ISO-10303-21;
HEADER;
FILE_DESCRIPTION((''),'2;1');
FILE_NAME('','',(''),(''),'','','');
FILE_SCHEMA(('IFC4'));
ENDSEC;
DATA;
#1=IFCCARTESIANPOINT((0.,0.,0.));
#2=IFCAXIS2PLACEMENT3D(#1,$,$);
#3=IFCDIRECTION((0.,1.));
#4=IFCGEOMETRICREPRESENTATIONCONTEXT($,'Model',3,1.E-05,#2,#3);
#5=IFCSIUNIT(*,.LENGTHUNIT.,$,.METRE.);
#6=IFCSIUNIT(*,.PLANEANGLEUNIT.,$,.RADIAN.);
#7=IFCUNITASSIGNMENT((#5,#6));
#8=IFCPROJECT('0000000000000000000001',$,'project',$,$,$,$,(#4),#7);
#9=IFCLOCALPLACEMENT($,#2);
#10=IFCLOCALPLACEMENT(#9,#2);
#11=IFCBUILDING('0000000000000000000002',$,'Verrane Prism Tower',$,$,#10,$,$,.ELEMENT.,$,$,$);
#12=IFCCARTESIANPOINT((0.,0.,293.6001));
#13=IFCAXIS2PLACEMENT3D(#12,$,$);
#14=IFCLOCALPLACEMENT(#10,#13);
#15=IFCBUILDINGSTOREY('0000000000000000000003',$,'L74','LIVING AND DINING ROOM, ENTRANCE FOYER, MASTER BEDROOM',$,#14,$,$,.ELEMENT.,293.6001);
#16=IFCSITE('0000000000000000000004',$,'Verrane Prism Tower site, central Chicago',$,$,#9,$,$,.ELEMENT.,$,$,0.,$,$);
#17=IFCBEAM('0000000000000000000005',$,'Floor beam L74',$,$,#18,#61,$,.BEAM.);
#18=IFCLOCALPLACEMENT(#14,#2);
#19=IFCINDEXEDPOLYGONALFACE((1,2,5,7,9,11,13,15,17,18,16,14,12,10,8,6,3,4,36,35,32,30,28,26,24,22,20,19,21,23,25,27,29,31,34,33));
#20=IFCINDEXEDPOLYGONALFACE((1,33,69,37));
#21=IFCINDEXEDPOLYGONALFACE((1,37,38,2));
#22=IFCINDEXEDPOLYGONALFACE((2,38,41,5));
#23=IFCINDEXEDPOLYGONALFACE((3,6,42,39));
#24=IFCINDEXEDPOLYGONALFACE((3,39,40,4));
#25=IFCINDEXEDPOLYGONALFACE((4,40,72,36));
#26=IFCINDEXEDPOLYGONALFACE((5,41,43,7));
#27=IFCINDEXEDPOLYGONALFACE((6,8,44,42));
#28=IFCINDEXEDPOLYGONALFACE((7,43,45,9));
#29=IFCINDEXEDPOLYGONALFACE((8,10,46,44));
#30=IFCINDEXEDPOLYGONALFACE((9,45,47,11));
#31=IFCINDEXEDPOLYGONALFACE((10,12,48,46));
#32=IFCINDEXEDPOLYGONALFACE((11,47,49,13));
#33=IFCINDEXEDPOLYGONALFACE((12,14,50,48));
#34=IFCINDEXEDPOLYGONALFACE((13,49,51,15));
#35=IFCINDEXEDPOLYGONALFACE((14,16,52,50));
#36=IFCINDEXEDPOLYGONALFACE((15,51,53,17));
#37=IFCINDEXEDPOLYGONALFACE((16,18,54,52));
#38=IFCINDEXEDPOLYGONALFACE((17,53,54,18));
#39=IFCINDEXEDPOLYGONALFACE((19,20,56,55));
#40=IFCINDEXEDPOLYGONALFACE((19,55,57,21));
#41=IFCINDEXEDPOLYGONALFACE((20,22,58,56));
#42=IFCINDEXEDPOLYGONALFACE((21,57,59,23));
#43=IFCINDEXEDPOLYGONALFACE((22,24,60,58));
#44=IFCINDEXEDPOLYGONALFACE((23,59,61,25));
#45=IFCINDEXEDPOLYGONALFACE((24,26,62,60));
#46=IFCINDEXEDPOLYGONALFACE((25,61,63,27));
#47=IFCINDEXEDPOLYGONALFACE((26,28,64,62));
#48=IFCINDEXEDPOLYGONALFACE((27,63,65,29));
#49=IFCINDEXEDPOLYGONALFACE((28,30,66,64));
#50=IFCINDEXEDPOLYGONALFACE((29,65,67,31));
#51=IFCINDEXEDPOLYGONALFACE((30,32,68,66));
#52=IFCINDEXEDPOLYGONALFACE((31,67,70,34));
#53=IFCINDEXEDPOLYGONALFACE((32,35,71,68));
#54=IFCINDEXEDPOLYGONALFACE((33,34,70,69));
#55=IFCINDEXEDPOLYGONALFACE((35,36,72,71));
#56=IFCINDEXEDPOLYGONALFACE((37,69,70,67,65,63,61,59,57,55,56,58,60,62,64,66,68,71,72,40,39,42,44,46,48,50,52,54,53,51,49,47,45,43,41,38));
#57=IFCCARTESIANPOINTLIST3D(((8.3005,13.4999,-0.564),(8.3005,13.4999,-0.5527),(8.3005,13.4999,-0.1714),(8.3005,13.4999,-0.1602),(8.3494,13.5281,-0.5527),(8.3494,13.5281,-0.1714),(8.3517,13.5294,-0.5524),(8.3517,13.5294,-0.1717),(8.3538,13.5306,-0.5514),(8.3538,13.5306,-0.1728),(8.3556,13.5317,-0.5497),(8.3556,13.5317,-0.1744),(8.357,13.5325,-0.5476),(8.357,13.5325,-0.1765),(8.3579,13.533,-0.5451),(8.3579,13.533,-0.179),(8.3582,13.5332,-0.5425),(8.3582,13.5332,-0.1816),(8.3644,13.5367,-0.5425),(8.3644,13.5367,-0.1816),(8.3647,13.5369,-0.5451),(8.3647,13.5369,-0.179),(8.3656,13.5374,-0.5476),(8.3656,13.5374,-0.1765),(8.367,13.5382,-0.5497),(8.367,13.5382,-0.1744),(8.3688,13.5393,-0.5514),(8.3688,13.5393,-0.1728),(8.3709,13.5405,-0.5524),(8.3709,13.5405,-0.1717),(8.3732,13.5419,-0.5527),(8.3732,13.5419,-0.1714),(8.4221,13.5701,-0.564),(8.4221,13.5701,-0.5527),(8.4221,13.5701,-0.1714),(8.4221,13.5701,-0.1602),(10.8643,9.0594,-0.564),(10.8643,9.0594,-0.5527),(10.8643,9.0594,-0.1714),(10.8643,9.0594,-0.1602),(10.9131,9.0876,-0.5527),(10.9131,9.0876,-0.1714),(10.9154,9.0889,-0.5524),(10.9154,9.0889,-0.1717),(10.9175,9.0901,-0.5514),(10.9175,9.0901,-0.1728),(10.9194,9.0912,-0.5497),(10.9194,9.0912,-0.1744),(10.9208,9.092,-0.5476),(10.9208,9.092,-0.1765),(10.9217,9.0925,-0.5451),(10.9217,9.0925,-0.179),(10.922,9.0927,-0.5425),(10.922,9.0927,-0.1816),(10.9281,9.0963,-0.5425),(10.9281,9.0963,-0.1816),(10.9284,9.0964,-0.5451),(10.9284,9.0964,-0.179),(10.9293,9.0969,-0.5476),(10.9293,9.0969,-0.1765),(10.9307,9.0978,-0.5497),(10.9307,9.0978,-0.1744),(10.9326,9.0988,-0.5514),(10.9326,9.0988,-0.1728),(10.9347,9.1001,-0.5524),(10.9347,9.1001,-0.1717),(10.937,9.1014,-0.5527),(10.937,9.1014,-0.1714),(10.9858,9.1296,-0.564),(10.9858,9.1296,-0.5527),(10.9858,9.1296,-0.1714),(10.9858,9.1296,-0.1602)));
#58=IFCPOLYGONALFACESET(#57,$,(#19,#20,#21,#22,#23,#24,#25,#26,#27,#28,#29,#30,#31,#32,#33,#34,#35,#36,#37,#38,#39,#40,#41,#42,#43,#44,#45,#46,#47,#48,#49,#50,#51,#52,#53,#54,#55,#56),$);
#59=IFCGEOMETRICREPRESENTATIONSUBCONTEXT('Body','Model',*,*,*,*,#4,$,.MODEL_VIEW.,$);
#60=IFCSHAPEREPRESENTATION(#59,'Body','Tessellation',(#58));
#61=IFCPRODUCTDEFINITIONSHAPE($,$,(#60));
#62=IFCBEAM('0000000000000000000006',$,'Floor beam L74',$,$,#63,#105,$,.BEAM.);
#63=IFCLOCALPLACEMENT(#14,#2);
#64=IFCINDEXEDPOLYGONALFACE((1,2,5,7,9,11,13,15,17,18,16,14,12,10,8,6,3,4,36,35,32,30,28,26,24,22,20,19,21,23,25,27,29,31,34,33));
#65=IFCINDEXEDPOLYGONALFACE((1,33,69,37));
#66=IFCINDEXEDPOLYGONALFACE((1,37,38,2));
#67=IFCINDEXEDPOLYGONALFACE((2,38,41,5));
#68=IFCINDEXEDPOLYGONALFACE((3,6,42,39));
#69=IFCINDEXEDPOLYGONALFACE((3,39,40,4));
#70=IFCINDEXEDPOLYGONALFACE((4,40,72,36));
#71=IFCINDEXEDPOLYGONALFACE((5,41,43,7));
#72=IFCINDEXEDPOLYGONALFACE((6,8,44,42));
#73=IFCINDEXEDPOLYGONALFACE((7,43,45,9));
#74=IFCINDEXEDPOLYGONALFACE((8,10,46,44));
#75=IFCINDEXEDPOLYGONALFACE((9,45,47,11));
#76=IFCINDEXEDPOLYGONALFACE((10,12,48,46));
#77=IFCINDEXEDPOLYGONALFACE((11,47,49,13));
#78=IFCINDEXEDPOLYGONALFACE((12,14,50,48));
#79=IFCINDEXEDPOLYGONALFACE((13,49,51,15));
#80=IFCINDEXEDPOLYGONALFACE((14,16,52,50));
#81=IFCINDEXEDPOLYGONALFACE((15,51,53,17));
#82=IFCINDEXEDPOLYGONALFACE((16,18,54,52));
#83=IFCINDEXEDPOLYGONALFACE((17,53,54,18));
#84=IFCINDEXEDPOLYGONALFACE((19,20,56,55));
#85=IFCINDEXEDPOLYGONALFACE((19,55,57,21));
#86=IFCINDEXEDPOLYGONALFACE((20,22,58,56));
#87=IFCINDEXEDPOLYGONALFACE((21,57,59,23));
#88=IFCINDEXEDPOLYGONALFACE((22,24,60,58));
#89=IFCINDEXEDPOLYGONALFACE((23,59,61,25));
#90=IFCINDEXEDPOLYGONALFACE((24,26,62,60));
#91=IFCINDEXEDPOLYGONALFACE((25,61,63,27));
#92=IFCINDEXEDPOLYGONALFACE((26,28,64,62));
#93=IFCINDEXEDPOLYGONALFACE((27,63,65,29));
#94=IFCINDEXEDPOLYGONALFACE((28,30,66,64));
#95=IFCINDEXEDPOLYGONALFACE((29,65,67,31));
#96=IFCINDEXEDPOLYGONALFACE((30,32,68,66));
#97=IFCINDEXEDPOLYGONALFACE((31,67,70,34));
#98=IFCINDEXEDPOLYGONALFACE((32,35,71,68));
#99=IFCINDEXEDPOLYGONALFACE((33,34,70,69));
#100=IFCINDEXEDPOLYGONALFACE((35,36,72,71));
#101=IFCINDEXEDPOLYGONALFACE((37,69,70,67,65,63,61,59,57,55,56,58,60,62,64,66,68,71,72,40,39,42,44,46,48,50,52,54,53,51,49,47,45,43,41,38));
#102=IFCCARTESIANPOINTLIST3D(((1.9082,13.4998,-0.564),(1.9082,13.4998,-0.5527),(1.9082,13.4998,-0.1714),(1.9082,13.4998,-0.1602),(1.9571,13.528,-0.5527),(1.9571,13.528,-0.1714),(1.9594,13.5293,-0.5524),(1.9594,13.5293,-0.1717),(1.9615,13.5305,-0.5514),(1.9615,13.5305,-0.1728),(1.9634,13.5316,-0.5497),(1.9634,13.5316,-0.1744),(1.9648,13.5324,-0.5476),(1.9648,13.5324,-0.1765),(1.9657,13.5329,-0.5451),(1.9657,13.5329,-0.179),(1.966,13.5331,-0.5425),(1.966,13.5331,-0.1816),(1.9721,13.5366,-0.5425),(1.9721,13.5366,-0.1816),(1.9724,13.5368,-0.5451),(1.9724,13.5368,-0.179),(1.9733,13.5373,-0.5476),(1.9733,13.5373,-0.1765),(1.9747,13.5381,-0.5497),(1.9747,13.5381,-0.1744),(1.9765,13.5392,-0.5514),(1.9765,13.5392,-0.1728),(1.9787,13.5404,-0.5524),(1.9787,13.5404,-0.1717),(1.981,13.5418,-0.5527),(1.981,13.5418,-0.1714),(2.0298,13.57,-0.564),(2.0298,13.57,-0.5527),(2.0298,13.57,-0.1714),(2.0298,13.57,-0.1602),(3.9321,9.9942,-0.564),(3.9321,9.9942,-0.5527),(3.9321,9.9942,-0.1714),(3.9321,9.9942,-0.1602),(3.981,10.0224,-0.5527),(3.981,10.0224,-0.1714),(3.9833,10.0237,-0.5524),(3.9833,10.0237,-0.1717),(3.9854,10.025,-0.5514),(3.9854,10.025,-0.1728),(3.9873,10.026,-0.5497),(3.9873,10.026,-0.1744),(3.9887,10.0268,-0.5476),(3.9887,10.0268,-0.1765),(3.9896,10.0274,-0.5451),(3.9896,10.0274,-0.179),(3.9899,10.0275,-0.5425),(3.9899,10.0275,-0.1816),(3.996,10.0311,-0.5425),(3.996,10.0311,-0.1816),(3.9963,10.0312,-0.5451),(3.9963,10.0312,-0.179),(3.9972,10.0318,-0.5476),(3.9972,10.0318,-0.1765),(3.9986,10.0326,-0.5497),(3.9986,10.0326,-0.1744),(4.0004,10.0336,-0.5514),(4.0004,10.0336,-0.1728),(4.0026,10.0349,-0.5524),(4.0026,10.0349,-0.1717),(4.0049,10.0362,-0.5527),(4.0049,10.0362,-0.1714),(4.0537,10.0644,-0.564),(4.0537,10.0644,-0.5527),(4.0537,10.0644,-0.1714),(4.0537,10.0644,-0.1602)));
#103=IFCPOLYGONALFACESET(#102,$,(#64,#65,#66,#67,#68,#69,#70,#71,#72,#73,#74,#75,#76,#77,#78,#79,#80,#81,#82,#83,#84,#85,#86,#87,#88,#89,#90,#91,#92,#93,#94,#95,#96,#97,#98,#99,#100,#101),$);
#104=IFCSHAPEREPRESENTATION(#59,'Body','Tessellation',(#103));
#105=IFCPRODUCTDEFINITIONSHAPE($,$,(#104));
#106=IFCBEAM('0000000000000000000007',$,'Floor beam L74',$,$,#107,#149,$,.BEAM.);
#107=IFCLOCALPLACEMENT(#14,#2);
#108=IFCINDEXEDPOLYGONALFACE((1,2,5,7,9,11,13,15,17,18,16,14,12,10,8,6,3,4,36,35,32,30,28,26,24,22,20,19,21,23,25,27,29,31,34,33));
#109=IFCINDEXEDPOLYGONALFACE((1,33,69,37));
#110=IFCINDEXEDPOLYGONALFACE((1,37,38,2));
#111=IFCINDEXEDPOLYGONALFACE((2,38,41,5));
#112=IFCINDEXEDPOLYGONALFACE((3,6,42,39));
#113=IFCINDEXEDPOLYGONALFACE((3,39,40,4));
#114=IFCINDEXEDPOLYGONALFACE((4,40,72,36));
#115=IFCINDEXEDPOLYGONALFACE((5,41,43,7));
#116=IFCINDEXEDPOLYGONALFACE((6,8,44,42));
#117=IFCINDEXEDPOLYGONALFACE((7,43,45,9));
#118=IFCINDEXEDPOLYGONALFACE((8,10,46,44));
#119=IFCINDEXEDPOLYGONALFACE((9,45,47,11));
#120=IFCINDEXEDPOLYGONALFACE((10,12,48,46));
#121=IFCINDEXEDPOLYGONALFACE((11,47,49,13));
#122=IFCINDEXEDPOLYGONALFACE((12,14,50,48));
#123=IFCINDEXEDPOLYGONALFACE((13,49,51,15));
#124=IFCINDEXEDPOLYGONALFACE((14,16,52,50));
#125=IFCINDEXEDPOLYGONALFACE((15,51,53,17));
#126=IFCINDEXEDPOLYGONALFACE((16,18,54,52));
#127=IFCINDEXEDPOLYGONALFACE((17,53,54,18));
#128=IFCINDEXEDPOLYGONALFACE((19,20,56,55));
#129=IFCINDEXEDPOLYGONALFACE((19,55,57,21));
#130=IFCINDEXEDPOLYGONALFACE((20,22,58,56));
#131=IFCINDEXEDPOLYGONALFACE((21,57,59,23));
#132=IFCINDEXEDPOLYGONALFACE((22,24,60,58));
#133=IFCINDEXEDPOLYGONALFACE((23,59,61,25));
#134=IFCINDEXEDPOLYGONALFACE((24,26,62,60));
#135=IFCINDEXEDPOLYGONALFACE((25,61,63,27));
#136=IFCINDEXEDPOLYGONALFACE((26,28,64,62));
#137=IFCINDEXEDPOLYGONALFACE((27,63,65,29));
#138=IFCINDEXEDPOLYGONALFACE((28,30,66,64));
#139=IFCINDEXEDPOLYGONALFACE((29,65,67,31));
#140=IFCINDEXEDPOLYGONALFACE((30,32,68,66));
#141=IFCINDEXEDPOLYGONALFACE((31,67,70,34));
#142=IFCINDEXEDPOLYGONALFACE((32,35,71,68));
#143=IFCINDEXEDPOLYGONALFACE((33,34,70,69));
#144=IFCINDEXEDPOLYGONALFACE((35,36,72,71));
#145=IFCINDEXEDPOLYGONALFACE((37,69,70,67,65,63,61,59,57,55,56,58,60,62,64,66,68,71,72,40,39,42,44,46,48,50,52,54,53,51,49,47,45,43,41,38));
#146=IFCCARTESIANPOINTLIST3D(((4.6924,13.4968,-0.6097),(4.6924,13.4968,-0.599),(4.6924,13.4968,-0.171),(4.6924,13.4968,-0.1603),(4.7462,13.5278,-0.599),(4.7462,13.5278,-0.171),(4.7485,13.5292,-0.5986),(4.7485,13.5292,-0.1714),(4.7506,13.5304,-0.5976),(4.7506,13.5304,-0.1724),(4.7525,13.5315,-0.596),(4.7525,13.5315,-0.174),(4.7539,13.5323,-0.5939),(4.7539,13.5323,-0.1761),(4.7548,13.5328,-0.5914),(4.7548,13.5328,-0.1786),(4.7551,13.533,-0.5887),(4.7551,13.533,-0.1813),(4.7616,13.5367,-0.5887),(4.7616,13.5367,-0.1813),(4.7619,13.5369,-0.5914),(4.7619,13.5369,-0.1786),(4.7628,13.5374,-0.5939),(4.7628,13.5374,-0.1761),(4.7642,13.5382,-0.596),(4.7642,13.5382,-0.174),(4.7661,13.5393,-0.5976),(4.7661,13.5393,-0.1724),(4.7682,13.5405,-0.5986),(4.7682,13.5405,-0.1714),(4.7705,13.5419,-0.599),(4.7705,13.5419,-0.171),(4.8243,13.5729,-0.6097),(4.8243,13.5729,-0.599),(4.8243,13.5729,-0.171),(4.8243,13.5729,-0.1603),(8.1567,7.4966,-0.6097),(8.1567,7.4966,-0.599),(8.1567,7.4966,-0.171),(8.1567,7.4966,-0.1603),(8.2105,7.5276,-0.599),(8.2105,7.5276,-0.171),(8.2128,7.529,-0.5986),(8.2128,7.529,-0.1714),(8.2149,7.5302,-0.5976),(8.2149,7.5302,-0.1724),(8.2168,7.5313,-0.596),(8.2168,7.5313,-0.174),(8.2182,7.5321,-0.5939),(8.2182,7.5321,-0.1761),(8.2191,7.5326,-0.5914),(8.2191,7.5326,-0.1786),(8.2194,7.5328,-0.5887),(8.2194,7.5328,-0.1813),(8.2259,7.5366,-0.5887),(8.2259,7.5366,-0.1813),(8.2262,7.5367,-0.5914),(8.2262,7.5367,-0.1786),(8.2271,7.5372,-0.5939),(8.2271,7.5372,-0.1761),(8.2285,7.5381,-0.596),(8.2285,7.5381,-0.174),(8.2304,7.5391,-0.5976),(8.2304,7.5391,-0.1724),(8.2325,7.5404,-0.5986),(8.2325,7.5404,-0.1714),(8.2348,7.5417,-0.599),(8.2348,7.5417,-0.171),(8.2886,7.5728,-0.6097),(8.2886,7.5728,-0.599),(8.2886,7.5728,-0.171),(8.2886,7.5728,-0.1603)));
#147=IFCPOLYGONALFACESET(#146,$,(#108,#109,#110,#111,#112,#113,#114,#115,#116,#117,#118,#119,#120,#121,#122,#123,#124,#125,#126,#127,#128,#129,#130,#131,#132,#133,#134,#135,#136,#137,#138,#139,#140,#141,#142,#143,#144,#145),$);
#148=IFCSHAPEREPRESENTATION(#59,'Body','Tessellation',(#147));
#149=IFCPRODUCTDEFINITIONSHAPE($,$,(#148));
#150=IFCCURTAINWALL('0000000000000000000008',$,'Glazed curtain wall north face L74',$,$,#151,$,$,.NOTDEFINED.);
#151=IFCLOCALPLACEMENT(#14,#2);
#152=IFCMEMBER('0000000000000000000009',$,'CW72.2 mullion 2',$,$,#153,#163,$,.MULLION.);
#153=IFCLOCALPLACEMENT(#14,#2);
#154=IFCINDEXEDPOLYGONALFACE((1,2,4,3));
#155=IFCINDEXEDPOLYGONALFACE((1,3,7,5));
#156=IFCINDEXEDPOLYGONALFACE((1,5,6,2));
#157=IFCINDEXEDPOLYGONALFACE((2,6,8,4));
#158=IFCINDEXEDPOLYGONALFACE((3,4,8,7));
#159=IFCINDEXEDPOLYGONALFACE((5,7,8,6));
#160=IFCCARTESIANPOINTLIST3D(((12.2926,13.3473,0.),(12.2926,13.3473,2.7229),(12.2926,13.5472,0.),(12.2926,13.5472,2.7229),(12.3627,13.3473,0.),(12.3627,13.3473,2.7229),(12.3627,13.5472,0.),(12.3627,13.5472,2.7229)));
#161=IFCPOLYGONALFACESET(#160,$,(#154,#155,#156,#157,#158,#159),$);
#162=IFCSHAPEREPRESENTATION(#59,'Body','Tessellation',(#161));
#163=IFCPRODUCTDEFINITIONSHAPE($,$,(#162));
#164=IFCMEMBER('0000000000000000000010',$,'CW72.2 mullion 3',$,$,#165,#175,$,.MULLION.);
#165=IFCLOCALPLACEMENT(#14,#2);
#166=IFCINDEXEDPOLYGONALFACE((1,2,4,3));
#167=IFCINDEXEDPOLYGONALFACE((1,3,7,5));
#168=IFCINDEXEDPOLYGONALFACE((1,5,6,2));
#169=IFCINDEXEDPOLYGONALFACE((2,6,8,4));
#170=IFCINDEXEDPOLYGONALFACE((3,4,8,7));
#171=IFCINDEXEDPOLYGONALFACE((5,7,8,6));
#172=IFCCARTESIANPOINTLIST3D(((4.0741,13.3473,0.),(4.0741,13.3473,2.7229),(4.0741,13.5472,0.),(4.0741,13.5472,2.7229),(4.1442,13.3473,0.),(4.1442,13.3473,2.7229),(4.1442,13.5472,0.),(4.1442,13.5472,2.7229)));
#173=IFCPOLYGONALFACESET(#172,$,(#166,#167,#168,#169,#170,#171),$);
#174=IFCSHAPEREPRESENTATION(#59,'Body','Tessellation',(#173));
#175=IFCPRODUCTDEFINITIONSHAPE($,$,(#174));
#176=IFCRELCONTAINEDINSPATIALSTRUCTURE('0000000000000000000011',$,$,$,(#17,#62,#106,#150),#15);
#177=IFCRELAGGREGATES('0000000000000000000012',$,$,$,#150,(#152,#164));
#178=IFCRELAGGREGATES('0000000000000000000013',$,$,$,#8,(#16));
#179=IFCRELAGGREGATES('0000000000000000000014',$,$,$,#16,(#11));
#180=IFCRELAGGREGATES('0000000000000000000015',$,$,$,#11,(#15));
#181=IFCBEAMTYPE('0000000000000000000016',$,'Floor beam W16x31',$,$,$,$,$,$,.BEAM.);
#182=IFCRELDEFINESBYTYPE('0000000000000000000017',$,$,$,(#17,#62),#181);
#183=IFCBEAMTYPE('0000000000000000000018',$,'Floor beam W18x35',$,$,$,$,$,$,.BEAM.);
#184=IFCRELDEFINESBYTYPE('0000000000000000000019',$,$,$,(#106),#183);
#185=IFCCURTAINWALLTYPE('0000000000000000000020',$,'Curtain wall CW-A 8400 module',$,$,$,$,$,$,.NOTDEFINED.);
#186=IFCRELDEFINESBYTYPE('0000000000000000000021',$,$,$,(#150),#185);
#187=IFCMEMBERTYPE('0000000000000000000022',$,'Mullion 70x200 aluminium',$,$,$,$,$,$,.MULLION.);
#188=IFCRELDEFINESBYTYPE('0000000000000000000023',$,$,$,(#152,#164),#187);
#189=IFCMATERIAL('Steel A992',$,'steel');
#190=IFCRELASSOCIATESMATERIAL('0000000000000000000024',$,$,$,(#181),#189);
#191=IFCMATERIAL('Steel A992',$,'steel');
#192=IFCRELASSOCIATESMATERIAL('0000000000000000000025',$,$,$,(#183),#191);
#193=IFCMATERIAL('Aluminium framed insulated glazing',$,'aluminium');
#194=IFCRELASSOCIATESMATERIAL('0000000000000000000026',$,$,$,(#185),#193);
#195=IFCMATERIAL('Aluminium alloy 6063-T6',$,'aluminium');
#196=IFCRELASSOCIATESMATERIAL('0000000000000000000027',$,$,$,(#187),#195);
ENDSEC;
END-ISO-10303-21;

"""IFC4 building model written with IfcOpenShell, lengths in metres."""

from ifc_helpers import new_model, si_unit, direction, frame, origin, origin_2d, place, context, subcontext, project, spatial, rectangle, i_section, extrude, material, material_profile, profile_set, type_object, element, aggregate, save


model = new_model("IFC4")

# Units and contexts
model_context = context("Model", 3, precision=1e-05, world=origin(), true_north=direction((0.0, 1.0)))
body_context = subcontext(model_context, "Body", "Model", "MODEL_VIEW")
ifc_project = project(units=[si_unit("LENGTHUNIT", "METRE"), si_unit("PLANEANGLEUNIT", "RADIAN")], contexts=[model_context])

# Site, building, storey
site_placement = place(None, origin())
site = spatial("IfcSite", under=ifc_project, at=site_placement, Name="Verrane Prism Tower site, central Chicago", CompositionType="ELEMENT", RefElevation=0.0)
building_placement = place(site_placement, origin())
building = spatial("IfcBuilding", under=site, at=building_placement, Name="Verrane Prism Tower", CompositionType="ELEMENT")
storey_placement = place(building_placement, frame((0.0, 0.0, 293.6001)))
storey = spatial("IfcBuildingStorey", under=building, at=storey_placement, Name="L74", Description="LIVING AND DINING ROOM, ENTRANCE FOYER, MASTER BEDROOM", CompositionType="ELEMENT", Elevation=293.6001)

# Beams
ifc_material_1 = material(Name="Steel A992", Category="steel")
ifc_material_profile_1 = material_profile(ifc_material_1, i_section(OverallWidth=0.1404, OverallDepth=0.4038, WebThickness=0.0071, FlangeThickness=0.0112, FilletRadius=0.0103, at=origin_2d()), Name="W16x31")
ifc_profile_set_1 = profile_set([ifc_material_profile_1], Name="Steel A992")
beam_type_1 = type_object("IfcBeamType", Name="Floor beam W16x31", PredefinedType="BEAM", material=ifc_profile_set_1)
beam_1_placement = place(storey_placement, frame((10.925, 9.0945, -0.3621), z_axis=(-0.500005, 0.866022, 0.0), x_axis=(-0.866022, -0.500005, 0.0)))
element("IfcBeam", 1, at=beam_1_placement, inside=storey, type_object=beam_type_1, Name="Floor beam L74", PredefinedType="BEAM", context=body_context, shape_type="SweptSolid", body=[
    extrude(i_section(OverallWidth=0.1404, OverallDepth=0.4038, WebThickness=0.0071, FlangeThickness=0.0112, FilletRadius=0.0103, at=origin_2d()), origin(), (0.0, 0.0, 1.0), 5.1274),
])
beam_2_placement = place(storey_placement, frame((3.9929, 10.0293, -0.3621), z_axis=(-0.499992, 0.86603, 0.0), x_axis=(-0.86603, -0.499992, 0.0)))
element("IfcBeam", 2, at=beam_2_placement, inside=storey, type_object=beam_type_1, Name="Floor beam L74", PredefinedType="BEAM", context=body_context, shape_type="SweptSolid", body=[
    extrude(i_section(OverallWidth=0.1404, OverallDepth=0.4038, WebThickness=0.0071, FlangeThickness=0.0112, FilletRadius=0.0103, at=origin_2d()), origin(), (0.0, 0.0, 1.0), 4.0479),
])
ifc_material_2 = material(Name="Steel A992", Category="steel")
ifc_material_profile_2 = material_profile(ifc_material_2, i_section(OverallWidth=0.1523, OverallDepth=0.4495, WebThickness=0.0076, FlangeThickness=0.0107, FilletRadius=0.0103, at=origin_2d()), Name="W18x35")
ifc_profile_set_2 = profile_set([ifc_material_profile_2], Name="Steel A992")
beam_type_2 = type_object("IfcBeamType", Name="Floor beam W18x35", PredefinedType="BEAM", material=ifc_profile_set_2)
beam_3_placement = place(storey_placement, frame((8.2227, 7.5347, -0.385), z_axis=(-0.500012, 0.866018, 0.0), x_axis=(-0.866018, -0.500012, 0.0)))
element("IfcBeam", 3, at=beam_3_placement, inside=storey, type_object=beam_type_2, Name="Floor beam L74", PredefinedType="BEAM", context=body_context, shape_type="SweptSolid", body=[
    extrude(i_section(OverallWidth=0.1523, OverallDepth=0.4495, WebThickness=0.0076, FlangeThickness=0.0107, FilletRadius=0.0103, at=origin_2d()), origin(), (0.0, 0.0, 1.0), 6.9285),
])

# Curtain wall, members
ifc_material_3 = material(Name="Aluminium framed insulated glazing", Category="aluminium")
curtain_wall_type = type_object("IfcCurtainWallType", Name="Curtain wall CW-A 8400 module", PredefinedType="NOTDEFINED", material=ifc_material_3)
curtain_wall_placement = place(storey_placement, origin())
curtain_wall = element("IfcCurtainWall", 4, at=curtain_wall_placement, inside=storey, type_object=curtain_wall_type, Name="Glazed curtain wall north face L74", PredefinedType="NOTDEFINED")
ifc_material_4 = material(Name="Aluminium alloy 6063-T6", Category="aluminium")
ifc_material_profile_3 = material_profile(ifc_material_4, rectangle(XDim=0.2, YDim=0.0701, at=origin_2d()), Name="Mullion 70x200 aluminium")
ifc_profile_set_3 = profile_set([ifc_material_profile_3], Name="Aluminium alloy 6063-T6")
member_type_1 = type_object("IfcMemberType", Name="Mullion 70x200 aluminium", PredefinedType="MULLION", material=ifc_profile_set_3)
member_1_placement = place(storey_placement, frame((12.3276, 13.4473, 0.0), z_axis=(0.0, 0.0, 1.0), x_axis=(0.0, -1.0, 0.0)))
member_1 = element("IfcMember", 5, at=member_1_placement, type_object=member_type_1, Name="CW72.2 mullion 2", PredefinedType="MULLION", context=body_context, shape_type="SweptSolid", body=[
    extrude(rectangle(XDim=0.2, YDim=0.0701, at=origin_2d()), origin(), (0.0, 0.0, 1.0), 2.7229),
])
member_2_placement = place(storey_placement, frame((4.1091, 13.4473, 0.0), z_axis=(0.0, 0.0, 1.0), x_axis=(0.0, -1.0, 0.0)))
member_2 = element("IfcMember", 6, at=member_2_placement, type_object=member_type_1, Name="CW72.2 mullion 3", PredefinedType="MULLION", context=body_context, shape_type="SweptSolid", body=[
    extrude(rectangle(XDim=0.2, YDim=0.0701, at=origin_2d()), origin(), (0.0, 0.0, 1.0), 2.7229),
])

aggregate(curtain_wall, [member_1, member_2])

save(model, "model.ifc")
